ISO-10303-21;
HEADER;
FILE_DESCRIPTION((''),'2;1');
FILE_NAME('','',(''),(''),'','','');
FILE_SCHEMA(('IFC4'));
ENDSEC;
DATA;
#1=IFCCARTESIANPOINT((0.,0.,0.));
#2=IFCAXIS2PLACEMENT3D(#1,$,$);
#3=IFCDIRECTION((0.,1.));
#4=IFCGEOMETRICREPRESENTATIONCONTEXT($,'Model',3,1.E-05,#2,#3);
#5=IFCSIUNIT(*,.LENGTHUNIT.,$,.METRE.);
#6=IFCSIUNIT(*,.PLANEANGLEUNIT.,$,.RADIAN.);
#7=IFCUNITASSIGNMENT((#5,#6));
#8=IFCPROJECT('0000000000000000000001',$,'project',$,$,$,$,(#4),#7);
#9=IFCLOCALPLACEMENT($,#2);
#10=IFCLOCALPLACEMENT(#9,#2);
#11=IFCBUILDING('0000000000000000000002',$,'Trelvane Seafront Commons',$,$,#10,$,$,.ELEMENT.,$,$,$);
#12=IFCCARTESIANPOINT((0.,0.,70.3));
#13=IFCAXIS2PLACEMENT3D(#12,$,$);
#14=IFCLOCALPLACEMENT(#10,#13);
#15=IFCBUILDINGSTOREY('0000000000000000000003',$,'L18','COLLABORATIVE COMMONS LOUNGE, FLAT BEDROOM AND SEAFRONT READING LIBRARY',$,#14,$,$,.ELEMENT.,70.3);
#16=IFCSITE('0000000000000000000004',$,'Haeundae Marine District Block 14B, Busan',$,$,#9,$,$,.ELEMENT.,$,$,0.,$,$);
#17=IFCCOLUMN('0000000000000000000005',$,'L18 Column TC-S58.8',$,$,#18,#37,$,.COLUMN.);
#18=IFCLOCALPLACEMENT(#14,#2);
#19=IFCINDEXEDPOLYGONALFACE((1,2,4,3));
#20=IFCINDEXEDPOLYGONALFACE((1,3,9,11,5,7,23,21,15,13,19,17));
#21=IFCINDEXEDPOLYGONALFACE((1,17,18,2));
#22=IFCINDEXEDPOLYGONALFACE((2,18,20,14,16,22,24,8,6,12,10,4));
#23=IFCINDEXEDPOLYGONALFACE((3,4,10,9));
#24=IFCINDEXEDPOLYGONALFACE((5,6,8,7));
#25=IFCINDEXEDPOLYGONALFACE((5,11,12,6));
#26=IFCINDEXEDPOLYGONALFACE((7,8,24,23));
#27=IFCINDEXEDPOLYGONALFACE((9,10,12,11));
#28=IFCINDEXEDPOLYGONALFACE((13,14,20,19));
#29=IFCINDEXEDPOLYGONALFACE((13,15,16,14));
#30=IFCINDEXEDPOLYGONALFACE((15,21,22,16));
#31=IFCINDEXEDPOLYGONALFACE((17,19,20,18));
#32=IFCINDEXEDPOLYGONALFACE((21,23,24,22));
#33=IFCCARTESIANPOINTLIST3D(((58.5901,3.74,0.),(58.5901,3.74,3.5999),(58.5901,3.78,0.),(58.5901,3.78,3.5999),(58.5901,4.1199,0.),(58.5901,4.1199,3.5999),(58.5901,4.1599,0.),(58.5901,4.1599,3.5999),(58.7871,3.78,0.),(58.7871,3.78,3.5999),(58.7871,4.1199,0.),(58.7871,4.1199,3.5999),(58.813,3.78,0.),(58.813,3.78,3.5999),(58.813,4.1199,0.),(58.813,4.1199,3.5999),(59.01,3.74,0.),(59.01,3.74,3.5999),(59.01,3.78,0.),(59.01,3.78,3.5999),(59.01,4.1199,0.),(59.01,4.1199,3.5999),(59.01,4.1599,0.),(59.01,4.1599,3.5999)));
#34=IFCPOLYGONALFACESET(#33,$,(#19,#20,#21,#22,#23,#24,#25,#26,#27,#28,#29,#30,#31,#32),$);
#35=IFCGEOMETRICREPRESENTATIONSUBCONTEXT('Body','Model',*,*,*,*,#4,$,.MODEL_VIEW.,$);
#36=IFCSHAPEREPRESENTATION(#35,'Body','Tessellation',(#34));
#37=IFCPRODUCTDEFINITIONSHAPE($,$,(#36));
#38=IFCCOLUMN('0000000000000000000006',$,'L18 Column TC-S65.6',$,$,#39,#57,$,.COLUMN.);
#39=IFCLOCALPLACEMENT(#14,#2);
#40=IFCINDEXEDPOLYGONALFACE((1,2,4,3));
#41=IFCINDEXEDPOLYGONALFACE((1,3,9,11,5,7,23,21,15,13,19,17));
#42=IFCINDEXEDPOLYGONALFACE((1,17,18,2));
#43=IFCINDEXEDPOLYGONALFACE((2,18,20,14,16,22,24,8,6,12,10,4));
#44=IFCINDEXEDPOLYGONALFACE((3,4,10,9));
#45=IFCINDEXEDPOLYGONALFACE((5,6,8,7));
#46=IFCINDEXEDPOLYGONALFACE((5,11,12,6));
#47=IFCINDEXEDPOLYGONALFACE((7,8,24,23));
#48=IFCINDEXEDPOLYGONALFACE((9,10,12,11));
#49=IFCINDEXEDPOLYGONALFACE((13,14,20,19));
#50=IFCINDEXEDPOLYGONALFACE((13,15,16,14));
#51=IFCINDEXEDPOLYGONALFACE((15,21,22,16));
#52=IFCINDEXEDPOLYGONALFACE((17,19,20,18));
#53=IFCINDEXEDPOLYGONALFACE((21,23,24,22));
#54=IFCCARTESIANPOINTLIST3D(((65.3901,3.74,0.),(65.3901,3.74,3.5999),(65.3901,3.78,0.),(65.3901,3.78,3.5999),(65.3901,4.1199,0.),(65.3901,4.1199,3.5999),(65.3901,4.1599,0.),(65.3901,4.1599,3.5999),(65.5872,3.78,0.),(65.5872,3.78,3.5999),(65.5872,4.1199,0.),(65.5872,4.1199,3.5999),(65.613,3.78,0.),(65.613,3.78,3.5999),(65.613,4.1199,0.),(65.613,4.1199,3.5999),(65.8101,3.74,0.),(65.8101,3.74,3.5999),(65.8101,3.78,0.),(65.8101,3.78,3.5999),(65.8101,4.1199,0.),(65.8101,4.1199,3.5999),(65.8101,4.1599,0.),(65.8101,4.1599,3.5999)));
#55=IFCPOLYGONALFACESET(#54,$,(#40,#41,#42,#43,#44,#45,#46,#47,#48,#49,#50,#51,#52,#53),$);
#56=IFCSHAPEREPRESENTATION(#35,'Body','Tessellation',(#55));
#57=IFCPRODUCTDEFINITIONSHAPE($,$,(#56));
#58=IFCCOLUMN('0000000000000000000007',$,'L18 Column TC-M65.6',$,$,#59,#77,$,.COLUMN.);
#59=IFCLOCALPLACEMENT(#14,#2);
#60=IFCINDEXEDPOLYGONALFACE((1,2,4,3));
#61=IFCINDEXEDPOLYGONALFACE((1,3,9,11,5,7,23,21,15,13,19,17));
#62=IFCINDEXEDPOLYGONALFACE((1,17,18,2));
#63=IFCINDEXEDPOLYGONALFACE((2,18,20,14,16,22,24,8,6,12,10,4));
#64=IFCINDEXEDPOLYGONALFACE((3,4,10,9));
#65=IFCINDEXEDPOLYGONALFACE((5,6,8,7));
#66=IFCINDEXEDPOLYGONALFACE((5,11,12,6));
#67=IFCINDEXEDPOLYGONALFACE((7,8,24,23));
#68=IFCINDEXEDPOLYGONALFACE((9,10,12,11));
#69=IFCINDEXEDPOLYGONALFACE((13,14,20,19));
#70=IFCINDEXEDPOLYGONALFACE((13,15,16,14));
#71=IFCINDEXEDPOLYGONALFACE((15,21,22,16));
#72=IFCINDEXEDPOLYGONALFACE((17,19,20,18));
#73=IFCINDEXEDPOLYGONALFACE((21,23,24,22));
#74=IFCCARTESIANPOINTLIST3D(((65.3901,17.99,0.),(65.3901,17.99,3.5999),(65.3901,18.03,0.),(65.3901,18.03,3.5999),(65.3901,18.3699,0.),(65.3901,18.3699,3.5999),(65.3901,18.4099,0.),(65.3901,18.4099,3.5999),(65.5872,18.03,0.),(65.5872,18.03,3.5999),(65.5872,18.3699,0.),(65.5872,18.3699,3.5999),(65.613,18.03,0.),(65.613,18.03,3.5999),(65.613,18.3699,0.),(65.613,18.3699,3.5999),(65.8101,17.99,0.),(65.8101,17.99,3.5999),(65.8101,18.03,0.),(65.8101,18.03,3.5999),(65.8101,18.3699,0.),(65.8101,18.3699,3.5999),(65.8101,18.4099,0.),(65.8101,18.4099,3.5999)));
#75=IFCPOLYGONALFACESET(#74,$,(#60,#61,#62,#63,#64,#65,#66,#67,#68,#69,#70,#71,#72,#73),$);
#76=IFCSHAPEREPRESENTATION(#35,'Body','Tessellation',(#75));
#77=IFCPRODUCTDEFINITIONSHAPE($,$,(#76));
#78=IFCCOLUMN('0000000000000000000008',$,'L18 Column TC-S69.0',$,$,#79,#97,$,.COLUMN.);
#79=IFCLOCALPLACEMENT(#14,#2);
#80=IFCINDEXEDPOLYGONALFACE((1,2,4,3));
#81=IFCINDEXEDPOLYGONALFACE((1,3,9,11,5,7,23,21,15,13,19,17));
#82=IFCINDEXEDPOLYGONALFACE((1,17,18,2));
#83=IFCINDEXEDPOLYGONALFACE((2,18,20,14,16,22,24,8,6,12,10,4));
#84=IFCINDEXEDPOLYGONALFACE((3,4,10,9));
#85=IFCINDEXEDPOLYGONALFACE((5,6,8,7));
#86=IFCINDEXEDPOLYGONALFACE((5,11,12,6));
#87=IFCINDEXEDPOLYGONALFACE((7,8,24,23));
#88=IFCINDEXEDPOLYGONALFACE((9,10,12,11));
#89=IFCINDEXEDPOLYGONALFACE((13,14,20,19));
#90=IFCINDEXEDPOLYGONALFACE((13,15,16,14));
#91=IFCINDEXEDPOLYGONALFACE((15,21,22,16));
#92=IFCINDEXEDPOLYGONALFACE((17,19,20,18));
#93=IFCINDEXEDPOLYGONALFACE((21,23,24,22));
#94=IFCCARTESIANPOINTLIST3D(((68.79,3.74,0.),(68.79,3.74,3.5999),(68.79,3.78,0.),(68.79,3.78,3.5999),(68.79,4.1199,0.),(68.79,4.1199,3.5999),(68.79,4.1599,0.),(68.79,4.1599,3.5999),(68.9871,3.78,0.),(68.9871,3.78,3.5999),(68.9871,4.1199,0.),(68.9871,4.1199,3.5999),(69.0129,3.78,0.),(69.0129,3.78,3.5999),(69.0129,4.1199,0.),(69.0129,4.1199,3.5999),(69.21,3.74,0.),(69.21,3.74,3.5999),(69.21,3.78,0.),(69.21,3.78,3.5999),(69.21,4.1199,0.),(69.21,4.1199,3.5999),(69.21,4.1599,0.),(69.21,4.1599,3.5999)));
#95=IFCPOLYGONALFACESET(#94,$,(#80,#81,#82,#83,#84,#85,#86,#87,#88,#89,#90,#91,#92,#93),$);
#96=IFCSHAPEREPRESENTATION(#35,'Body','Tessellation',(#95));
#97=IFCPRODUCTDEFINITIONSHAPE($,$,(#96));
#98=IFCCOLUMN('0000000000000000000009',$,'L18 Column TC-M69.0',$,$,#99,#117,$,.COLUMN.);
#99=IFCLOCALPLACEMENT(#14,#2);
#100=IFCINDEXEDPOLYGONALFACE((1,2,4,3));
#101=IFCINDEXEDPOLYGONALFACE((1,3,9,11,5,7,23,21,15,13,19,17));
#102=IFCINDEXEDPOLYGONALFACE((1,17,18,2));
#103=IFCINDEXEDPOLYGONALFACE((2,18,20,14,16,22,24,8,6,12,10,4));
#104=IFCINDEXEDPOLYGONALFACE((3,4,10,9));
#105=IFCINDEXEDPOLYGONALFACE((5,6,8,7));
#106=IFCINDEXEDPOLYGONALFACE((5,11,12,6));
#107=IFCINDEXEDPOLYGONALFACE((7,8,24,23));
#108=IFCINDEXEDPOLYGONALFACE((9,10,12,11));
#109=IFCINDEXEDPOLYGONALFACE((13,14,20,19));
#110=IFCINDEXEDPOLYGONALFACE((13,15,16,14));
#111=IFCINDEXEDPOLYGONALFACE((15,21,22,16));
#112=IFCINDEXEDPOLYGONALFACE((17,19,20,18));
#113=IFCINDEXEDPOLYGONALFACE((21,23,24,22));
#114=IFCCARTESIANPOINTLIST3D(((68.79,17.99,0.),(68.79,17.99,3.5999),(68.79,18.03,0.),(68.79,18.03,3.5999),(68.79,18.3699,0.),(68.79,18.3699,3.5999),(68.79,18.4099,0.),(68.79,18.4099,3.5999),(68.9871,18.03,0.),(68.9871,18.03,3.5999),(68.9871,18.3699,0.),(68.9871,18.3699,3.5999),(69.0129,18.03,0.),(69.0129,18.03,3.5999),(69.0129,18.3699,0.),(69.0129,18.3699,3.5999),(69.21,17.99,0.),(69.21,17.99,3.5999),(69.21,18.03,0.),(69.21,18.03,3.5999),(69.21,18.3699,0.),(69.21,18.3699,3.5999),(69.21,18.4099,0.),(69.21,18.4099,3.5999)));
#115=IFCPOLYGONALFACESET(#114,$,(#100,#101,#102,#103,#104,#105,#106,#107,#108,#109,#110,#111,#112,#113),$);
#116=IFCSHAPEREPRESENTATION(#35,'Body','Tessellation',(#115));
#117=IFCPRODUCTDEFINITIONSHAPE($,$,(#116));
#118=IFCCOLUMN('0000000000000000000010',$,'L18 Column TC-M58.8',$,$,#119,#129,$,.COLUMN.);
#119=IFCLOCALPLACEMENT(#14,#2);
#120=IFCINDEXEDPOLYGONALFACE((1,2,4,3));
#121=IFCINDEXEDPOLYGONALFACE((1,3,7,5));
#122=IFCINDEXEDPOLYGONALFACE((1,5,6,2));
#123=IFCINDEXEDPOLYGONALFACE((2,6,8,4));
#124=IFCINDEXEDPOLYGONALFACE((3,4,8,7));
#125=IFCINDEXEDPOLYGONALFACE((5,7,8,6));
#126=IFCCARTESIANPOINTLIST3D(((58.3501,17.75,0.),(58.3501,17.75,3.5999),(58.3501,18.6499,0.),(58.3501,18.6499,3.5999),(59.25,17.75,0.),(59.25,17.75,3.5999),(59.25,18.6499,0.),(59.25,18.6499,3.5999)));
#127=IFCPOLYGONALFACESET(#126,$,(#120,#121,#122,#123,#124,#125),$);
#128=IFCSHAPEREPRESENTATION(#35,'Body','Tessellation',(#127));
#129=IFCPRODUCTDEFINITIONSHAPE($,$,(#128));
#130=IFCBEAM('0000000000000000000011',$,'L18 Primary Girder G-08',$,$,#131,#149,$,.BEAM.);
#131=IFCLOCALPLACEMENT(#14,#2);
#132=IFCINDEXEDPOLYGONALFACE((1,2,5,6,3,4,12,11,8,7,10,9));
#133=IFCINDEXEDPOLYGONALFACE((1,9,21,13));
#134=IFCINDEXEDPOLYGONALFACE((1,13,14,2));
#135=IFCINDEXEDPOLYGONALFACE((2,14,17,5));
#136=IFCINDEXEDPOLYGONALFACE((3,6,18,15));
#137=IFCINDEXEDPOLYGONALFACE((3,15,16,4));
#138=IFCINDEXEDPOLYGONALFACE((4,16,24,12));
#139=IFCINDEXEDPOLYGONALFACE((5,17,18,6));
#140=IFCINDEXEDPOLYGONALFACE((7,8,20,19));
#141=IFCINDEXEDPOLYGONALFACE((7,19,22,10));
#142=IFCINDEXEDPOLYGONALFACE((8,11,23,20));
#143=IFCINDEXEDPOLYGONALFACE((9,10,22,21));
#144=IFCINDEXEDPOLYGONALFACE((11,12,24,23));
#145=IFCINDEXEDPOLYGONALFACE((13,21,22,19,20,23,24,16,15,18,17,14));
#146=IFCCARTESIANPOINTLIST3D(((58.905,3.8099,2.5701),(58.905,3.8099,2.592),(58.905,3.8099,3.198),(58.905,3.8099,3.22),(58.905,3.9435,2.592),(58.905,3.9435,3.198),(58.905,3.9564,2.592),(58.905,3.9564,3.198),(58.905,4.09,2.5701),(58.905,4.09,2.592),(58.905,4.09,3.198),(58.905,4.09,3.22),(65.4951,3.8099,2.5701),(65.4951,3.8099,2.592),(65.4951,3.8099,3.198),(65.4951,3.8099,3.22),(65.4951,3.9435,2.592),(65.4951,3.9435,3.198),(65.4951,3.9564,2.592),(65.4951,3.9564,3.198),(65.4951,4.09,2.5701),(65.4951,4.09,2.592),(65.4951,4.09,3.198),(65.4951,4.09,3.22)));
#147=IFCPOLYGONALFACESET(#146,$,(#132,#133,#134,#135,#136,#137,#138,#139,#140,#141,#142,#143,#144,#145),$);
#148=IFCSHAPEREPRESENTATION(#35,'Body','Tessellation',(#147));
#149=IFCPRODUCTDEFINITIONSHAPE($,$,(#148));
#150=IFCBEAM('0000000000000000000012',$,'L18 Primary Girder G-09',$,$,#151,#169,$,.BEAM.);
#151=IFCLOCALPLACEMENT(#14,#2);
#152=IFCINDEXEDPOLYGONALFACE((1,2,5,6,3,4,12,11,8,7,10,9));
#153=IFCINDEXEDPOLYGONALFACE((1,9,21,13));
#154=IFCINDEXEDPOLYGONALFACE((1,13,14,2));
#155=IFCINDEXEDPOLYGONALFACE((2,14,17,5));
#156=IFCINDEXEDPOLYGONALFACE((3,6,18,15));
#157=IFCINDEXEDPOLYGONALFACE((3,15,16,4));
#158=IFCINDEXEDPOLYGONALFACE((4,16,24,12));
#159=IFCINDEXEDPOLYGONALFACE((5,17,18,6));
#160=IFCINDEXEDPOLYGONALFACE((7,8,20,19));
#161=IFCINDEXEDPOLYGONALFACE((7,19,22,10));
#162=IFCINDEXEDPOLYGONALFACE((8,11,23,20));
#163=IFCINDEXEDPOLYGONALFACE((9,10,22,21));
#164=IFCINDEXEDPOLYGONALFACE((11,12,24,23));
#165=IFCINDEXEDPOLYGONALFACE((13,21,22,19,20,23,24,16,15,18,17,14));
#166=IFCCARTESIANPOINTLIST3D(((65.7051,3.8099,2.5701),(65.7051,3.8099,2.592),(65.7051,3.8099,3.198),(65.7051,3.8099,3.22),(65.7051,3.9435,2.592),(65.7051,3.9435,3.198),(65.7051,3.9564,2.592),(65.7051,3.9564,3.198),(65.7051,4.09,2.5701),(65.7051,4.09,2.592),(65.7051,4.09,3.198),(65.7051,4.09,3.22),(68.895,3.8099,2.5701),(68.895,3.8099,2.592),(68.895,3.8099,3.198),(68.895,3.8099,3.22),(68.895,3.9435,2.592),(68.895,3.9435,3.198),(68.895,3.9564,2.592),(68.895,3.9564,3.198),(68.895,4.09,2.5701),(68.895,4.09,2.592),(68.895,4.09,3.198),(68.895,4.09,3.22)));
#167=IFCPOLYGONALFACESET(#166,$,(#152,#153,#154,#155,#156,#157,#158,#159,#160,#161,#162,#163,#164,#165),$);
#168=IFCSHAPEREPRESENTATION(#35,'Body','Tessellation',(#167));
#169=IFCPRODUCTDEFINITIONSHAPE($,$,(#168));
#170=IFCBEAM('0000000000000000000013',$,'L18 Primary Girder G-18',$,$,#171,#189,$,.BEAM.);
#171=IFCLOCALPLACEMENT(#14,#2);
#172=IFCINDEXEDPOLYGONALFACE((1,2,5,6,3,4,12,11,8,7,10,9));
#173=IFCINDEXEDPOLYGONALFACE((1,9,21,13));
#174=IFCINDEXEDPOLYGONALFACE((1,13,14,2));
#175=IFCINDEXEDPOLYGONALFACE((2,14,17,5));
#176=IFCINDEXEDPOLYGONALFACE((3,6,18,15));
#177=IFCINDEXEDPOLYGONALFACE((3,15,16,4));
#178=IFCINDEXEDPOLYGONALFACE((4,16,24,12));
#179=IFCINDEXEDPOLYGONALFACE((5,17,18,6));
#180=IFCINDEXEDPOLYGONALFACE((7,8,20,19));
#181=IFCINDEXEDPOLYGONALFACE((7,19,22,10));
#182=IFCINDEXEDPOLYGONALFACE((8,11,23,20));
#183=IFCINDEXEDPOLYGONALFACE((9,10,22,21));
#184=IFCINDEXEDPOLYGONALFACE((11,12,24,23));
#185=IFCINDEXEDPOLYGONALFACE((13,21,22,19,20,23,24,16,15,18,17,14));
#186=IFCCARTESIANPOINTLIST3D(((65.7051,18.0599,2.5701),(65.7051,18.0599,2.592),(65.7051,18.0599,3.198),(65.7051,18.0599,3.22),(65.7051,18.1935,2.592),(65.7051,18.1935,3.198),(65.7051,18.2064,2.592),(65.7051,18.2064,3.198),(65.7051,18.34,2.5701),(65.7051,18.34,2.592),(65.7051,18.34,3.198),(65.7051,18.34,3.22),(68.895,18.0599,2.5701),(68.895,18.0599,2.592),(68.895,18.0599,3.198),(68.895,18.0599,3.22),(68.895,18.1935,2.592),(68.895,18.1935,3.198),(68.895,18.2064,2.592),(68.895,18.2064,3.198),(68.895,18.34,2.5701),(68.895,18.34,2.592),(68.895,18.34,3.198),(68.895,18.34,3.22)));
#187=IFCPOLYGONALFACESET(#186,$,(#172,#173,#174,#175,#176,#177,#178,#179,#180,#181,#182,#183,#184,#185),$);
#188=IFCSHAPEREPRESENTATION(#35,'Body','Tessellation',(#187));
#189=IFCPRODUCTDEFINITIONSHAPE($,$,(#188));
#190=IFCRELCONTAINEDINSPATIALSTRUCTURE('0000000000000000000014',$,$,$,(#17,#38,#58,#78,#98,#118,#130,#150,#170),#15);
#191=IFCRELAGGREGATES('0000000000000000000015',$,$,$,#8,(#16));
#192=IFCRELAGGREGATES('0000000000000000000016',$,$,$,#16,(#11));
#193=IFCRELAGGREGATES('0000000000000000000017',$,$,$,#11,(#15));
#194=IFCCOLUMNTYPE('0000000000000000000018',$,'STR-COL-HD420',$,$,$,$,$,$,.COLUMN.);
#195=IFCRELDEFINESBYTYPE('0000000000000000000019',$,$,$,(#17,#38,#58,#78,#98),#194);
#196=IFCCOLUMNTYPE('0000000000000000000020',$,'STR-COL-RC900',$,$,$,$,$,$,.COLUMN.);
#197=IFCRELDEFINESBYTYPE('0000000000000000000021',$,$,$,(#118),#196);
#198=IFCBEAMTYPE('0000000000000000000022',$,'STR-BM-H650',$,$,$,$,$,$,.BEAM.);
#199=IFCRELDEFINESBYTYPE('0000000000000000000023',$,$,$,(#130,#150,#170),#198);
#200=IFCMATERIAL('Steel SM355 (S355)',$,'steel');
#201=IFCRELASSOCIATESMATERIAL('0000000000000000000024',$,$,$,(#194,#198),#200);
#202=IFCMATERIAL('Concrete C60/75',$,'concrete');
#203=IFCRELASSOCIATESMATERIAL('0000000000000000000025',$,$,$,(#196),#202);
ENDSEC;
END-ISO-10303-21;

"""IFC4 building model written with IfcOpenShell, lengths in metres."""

from ifc_helpers import new_model, si_unit, direction, frame, origin, origin_2d, place, context, subcontext, project, spatial, rectangle, i_section, extrude, source, transform, mapped, material, material_profile, profile_set, type_object, element, save


model = new_model("IFC4")

# Units and contexts
model_context = context("Model", 3, precision=1e-05, world=origin(), true_north=direction((0.0, 1.0)))
body_context = subcontext(model_context, "Body", "Model", "MODEL_VIEW")
ifc_project = project(units=[si_unit("LENGTHUNIT", "METRE"), si_unit("PLANEANGLEUNIT", "RADIAN")], contexts=[model_context])

# Site, building, storey
site_placement = place(None, origin())
site = spatial("IfcSite", under=ifc_project, at=site_placement, Name="Haeundae Marine District Block 14B, Busan", CompositionType="ELEMENT", RefElevation=0.0)
building_placement = place(site_placement, origin())
building = spatial("IfcBuilding", under=site, at=building_placement, Name="Trelvane Seafront Commons", CompositionType="ELEMENT")
storey_placement = place(building_placement, frame((0.0, 0.0, 70.3)))
storey = spatial("IfcBuildingStorey", under=building, at=storey_placement, Name="L18", Description="COLLABORATIVE COMMONS LOUNGE, FLAT BEDROOM AND SEAFRONT READING LIBRARY", CompositionType="ELEMENT", Elevation=70.3)

# Columns
ifc_material_1 = material(Name="Steel SM355 (S355)", Category="steel")
ifc_material_profile_1 = material_profile(ifc_material_1, i_section(OverallWidth=0.4199, OverallDepth=0.4199, WebThickness=0.0259, FlangeThickness=0.04, at=origin_2d()), Name="HD-420x420x26x40")
ifc_profile_set_1 = profile_set([ifc_material_profile_1], Name="Steel SM355 (S355)")
column_type_1 = type_object("IfcColumnType", Name="STR-COL-HD420", PredefinedType="COLUMN", material=ifc_profile_set_1)
shared_shape_1 = source(origin(), body_context, "Body", "SweptSolid", [
    extrude(i_section(OverallWidth=0.4199, OverallDepth=0.4199, WebThickness=0.0259, FlangeThickness=0.04, at=origin_2d()), origin(), (0.0, 0.0, 1.0), 3.5999),
])
for number, where, z_axis, x_axis, name in (
    (1, (58.8, 3.95, 0.0), (0.0, 0.0, 1.0), (1.0, 0.0, 0.0), "L18 Column TC-S58.8"),
    (2, (65.6001, 3.95, 0.0), (0.0, 0.0, 1.0), (1.0, 0.0, 0.0), "L18 Column TC-S65.6"),
    (3, (65.6001, 18.2, 0.0), (0.0, 0.0, 1.0), (1.0, 0.0, 0.0), "L18 Column TC-M65.6"),
    (4, (69.0, 3.95, 0.0), (0.0, 0.0, 1.0), (1.0, 0.0, 0.0), "L18 Column TC-S69.0"),
    (5, (69.0, 18.2, 0.0), (0.0, 0.0, 1.0), (1.0, 0.0, 0.0), "L18 Column TC-M69.0"),
):
    element("IfcColumn", number, at=place(storey_placement, frame(where, z_axis=z_axis, x_axis=x_axis)), inside=storey, type_object=column_type_1, Name=name, PredefinedType="COLUMN", context=body_context, shape_type="MappedRepresentation", body=[
        mapped(shared_shape_1, transform((0.0, 0.0, 0.0), x_axis=(1.0, 0.0, 0.0), y_axis=(0.0, 1.0, 0.0), z_axis=(0.0, 0.0, 1.0), scale=1.0)),
    ])
ifc_material_2 = material(Name="Concrete C60/75", Category="concrete")
ifc_material_profile_2 = material_profile(ifc_material_2, rectangle(XDim=0.8999, YDim=0.8999, at=origin_2d()), Name="RC-900x900")
ifc_profile_set_2 = profile_set([ifc_material_profile_2], Name="Concrete C60/75")
column_type_2 = type_object("IfcColumnType", Name="STR-COL-RC900", PredefinedType="COLUMN", material=ifc_profile_set_2)
shared_shape_2 = source(origin(), body_context, "Body", "SweptSolid", [
    extrude(rectangle(XDim=0.8999, YDim=0.8999, at=origin_2d()), origin(), (0.0, 0.0, 1.0), 3.5999),
])
column_placement = place(storey_placement, frame((58.8, 18.2, 0.0), z_axis=(0.0, 0.0, 1.0), x_axis=(1.0, 0.0, 0.0)))
element("IfcColumn", 6, at=column_placement, inside=storey, type_object=column_type_2, Name="L18 Column TC-M58.8", PredefinedType="COLUMN", context=body_context, shape_type="MappedRepresentation", body=[
    mapped(shared_shape_2, transform((0.0, 0.0, 0.0), x_axis=(1.0, 0.0, 0.0), y_axis=(0.0, 1.0, 0.0), z_axis=(0.0, 0.0, 1.0), scale=1.0)),
])

# Beams
ifc_material_profile_3 = material_profile(ifc_material_1, i_section(OverallWidth=0.28, OverallDepth=0.6499, WebThickness=0.0129, FlangeThickness=0.022, at=origin_2d()), Name="H-650x280x13x22")
ifc_profile_set_3 = profile_set([ifc_material_profile_3], Name="Steel SM355 (S355)")
beam_type_1 = type_object("IfcBeamType", Name="STR-BM-H650", PredefinedType="BEAM", material=ifc_profile_set_3)
shared_shape_3 = source(origin(), body_context, "Body", "SweptSolid", [
    extrude(i_section(OverallWidth=0.28, OverallDepth=0.6499, WebThickness=0.0129, FlangeThickness=0.022, at=origin_2d()), origin(), (0.0, 0.0, 1.0), 6.5901),
])
beam_1_placement = place(storey_placement, frame((58.905, 3.95, 2.895), z_axis=(1.0, 0.0, 0.0), x_axis=(0.0, 1.0, 0.0)))
element("IfcBeam", 7, at=beam_1_placement, inside=storey, type_object=beam_type_1, Name="L18 Primary Girder G-08", PredefinedType="BEAM", context=body_context, shape_type="MappedRepresentation", body=[
    mapped(shared_shape_3, transform((0.0, 0.0, 0.0), x_axis=(1.0, 0.0, 0.0), y_axis=(0.0, 1.0, 0.0), z_axis=(0.0, 0.0, 1.0), scale=1.0)),
])
shared_shape_4 = source(origin(), body_context, "Body", "SweptSolid", [
    extrude(i_section(OverallWidth=0.28, OverallDepth=0.6499, WebThickness=0.0129, FlangeThickness=0.022, at=origin_2d()), origin(), (0.0, 0.0, 1.0), 3.1899),
])
for number, where, z_axis, x_axis, name in (
    (8, (65.7051, 3.95, 2.895), (1.0, 0.0, 0.0), (0.0, 1.0, 0.0), "L18 Primary Girder G-09"),
    (9, (65.7051, 18.2, 2.895), (1.0, 0.0, 0.0), (0.0, 1.0, 0.0), "L18 Primary Girder G-18"),
):
    element("IfcBeam", number, at=place(storey_placement, frame(where, z_axis=z_axis, x_axis=x_axis)), inside=storey, type_object=beam_type_1, Name=name, PredefinedType="BEAM", context=body_context, shape_type="MappedRepresentation", body=[
        mapped(shared_shape_4, transform((0.0, 0.0, 0.0), x_axis=(1.0, 0.0, 0.0), y_axis=(0.0, 1.0, 0.0), z_axis=(0.0, 0.0, 1.0), scale=1.0)),
    ])

save(model, "model.ifc")
